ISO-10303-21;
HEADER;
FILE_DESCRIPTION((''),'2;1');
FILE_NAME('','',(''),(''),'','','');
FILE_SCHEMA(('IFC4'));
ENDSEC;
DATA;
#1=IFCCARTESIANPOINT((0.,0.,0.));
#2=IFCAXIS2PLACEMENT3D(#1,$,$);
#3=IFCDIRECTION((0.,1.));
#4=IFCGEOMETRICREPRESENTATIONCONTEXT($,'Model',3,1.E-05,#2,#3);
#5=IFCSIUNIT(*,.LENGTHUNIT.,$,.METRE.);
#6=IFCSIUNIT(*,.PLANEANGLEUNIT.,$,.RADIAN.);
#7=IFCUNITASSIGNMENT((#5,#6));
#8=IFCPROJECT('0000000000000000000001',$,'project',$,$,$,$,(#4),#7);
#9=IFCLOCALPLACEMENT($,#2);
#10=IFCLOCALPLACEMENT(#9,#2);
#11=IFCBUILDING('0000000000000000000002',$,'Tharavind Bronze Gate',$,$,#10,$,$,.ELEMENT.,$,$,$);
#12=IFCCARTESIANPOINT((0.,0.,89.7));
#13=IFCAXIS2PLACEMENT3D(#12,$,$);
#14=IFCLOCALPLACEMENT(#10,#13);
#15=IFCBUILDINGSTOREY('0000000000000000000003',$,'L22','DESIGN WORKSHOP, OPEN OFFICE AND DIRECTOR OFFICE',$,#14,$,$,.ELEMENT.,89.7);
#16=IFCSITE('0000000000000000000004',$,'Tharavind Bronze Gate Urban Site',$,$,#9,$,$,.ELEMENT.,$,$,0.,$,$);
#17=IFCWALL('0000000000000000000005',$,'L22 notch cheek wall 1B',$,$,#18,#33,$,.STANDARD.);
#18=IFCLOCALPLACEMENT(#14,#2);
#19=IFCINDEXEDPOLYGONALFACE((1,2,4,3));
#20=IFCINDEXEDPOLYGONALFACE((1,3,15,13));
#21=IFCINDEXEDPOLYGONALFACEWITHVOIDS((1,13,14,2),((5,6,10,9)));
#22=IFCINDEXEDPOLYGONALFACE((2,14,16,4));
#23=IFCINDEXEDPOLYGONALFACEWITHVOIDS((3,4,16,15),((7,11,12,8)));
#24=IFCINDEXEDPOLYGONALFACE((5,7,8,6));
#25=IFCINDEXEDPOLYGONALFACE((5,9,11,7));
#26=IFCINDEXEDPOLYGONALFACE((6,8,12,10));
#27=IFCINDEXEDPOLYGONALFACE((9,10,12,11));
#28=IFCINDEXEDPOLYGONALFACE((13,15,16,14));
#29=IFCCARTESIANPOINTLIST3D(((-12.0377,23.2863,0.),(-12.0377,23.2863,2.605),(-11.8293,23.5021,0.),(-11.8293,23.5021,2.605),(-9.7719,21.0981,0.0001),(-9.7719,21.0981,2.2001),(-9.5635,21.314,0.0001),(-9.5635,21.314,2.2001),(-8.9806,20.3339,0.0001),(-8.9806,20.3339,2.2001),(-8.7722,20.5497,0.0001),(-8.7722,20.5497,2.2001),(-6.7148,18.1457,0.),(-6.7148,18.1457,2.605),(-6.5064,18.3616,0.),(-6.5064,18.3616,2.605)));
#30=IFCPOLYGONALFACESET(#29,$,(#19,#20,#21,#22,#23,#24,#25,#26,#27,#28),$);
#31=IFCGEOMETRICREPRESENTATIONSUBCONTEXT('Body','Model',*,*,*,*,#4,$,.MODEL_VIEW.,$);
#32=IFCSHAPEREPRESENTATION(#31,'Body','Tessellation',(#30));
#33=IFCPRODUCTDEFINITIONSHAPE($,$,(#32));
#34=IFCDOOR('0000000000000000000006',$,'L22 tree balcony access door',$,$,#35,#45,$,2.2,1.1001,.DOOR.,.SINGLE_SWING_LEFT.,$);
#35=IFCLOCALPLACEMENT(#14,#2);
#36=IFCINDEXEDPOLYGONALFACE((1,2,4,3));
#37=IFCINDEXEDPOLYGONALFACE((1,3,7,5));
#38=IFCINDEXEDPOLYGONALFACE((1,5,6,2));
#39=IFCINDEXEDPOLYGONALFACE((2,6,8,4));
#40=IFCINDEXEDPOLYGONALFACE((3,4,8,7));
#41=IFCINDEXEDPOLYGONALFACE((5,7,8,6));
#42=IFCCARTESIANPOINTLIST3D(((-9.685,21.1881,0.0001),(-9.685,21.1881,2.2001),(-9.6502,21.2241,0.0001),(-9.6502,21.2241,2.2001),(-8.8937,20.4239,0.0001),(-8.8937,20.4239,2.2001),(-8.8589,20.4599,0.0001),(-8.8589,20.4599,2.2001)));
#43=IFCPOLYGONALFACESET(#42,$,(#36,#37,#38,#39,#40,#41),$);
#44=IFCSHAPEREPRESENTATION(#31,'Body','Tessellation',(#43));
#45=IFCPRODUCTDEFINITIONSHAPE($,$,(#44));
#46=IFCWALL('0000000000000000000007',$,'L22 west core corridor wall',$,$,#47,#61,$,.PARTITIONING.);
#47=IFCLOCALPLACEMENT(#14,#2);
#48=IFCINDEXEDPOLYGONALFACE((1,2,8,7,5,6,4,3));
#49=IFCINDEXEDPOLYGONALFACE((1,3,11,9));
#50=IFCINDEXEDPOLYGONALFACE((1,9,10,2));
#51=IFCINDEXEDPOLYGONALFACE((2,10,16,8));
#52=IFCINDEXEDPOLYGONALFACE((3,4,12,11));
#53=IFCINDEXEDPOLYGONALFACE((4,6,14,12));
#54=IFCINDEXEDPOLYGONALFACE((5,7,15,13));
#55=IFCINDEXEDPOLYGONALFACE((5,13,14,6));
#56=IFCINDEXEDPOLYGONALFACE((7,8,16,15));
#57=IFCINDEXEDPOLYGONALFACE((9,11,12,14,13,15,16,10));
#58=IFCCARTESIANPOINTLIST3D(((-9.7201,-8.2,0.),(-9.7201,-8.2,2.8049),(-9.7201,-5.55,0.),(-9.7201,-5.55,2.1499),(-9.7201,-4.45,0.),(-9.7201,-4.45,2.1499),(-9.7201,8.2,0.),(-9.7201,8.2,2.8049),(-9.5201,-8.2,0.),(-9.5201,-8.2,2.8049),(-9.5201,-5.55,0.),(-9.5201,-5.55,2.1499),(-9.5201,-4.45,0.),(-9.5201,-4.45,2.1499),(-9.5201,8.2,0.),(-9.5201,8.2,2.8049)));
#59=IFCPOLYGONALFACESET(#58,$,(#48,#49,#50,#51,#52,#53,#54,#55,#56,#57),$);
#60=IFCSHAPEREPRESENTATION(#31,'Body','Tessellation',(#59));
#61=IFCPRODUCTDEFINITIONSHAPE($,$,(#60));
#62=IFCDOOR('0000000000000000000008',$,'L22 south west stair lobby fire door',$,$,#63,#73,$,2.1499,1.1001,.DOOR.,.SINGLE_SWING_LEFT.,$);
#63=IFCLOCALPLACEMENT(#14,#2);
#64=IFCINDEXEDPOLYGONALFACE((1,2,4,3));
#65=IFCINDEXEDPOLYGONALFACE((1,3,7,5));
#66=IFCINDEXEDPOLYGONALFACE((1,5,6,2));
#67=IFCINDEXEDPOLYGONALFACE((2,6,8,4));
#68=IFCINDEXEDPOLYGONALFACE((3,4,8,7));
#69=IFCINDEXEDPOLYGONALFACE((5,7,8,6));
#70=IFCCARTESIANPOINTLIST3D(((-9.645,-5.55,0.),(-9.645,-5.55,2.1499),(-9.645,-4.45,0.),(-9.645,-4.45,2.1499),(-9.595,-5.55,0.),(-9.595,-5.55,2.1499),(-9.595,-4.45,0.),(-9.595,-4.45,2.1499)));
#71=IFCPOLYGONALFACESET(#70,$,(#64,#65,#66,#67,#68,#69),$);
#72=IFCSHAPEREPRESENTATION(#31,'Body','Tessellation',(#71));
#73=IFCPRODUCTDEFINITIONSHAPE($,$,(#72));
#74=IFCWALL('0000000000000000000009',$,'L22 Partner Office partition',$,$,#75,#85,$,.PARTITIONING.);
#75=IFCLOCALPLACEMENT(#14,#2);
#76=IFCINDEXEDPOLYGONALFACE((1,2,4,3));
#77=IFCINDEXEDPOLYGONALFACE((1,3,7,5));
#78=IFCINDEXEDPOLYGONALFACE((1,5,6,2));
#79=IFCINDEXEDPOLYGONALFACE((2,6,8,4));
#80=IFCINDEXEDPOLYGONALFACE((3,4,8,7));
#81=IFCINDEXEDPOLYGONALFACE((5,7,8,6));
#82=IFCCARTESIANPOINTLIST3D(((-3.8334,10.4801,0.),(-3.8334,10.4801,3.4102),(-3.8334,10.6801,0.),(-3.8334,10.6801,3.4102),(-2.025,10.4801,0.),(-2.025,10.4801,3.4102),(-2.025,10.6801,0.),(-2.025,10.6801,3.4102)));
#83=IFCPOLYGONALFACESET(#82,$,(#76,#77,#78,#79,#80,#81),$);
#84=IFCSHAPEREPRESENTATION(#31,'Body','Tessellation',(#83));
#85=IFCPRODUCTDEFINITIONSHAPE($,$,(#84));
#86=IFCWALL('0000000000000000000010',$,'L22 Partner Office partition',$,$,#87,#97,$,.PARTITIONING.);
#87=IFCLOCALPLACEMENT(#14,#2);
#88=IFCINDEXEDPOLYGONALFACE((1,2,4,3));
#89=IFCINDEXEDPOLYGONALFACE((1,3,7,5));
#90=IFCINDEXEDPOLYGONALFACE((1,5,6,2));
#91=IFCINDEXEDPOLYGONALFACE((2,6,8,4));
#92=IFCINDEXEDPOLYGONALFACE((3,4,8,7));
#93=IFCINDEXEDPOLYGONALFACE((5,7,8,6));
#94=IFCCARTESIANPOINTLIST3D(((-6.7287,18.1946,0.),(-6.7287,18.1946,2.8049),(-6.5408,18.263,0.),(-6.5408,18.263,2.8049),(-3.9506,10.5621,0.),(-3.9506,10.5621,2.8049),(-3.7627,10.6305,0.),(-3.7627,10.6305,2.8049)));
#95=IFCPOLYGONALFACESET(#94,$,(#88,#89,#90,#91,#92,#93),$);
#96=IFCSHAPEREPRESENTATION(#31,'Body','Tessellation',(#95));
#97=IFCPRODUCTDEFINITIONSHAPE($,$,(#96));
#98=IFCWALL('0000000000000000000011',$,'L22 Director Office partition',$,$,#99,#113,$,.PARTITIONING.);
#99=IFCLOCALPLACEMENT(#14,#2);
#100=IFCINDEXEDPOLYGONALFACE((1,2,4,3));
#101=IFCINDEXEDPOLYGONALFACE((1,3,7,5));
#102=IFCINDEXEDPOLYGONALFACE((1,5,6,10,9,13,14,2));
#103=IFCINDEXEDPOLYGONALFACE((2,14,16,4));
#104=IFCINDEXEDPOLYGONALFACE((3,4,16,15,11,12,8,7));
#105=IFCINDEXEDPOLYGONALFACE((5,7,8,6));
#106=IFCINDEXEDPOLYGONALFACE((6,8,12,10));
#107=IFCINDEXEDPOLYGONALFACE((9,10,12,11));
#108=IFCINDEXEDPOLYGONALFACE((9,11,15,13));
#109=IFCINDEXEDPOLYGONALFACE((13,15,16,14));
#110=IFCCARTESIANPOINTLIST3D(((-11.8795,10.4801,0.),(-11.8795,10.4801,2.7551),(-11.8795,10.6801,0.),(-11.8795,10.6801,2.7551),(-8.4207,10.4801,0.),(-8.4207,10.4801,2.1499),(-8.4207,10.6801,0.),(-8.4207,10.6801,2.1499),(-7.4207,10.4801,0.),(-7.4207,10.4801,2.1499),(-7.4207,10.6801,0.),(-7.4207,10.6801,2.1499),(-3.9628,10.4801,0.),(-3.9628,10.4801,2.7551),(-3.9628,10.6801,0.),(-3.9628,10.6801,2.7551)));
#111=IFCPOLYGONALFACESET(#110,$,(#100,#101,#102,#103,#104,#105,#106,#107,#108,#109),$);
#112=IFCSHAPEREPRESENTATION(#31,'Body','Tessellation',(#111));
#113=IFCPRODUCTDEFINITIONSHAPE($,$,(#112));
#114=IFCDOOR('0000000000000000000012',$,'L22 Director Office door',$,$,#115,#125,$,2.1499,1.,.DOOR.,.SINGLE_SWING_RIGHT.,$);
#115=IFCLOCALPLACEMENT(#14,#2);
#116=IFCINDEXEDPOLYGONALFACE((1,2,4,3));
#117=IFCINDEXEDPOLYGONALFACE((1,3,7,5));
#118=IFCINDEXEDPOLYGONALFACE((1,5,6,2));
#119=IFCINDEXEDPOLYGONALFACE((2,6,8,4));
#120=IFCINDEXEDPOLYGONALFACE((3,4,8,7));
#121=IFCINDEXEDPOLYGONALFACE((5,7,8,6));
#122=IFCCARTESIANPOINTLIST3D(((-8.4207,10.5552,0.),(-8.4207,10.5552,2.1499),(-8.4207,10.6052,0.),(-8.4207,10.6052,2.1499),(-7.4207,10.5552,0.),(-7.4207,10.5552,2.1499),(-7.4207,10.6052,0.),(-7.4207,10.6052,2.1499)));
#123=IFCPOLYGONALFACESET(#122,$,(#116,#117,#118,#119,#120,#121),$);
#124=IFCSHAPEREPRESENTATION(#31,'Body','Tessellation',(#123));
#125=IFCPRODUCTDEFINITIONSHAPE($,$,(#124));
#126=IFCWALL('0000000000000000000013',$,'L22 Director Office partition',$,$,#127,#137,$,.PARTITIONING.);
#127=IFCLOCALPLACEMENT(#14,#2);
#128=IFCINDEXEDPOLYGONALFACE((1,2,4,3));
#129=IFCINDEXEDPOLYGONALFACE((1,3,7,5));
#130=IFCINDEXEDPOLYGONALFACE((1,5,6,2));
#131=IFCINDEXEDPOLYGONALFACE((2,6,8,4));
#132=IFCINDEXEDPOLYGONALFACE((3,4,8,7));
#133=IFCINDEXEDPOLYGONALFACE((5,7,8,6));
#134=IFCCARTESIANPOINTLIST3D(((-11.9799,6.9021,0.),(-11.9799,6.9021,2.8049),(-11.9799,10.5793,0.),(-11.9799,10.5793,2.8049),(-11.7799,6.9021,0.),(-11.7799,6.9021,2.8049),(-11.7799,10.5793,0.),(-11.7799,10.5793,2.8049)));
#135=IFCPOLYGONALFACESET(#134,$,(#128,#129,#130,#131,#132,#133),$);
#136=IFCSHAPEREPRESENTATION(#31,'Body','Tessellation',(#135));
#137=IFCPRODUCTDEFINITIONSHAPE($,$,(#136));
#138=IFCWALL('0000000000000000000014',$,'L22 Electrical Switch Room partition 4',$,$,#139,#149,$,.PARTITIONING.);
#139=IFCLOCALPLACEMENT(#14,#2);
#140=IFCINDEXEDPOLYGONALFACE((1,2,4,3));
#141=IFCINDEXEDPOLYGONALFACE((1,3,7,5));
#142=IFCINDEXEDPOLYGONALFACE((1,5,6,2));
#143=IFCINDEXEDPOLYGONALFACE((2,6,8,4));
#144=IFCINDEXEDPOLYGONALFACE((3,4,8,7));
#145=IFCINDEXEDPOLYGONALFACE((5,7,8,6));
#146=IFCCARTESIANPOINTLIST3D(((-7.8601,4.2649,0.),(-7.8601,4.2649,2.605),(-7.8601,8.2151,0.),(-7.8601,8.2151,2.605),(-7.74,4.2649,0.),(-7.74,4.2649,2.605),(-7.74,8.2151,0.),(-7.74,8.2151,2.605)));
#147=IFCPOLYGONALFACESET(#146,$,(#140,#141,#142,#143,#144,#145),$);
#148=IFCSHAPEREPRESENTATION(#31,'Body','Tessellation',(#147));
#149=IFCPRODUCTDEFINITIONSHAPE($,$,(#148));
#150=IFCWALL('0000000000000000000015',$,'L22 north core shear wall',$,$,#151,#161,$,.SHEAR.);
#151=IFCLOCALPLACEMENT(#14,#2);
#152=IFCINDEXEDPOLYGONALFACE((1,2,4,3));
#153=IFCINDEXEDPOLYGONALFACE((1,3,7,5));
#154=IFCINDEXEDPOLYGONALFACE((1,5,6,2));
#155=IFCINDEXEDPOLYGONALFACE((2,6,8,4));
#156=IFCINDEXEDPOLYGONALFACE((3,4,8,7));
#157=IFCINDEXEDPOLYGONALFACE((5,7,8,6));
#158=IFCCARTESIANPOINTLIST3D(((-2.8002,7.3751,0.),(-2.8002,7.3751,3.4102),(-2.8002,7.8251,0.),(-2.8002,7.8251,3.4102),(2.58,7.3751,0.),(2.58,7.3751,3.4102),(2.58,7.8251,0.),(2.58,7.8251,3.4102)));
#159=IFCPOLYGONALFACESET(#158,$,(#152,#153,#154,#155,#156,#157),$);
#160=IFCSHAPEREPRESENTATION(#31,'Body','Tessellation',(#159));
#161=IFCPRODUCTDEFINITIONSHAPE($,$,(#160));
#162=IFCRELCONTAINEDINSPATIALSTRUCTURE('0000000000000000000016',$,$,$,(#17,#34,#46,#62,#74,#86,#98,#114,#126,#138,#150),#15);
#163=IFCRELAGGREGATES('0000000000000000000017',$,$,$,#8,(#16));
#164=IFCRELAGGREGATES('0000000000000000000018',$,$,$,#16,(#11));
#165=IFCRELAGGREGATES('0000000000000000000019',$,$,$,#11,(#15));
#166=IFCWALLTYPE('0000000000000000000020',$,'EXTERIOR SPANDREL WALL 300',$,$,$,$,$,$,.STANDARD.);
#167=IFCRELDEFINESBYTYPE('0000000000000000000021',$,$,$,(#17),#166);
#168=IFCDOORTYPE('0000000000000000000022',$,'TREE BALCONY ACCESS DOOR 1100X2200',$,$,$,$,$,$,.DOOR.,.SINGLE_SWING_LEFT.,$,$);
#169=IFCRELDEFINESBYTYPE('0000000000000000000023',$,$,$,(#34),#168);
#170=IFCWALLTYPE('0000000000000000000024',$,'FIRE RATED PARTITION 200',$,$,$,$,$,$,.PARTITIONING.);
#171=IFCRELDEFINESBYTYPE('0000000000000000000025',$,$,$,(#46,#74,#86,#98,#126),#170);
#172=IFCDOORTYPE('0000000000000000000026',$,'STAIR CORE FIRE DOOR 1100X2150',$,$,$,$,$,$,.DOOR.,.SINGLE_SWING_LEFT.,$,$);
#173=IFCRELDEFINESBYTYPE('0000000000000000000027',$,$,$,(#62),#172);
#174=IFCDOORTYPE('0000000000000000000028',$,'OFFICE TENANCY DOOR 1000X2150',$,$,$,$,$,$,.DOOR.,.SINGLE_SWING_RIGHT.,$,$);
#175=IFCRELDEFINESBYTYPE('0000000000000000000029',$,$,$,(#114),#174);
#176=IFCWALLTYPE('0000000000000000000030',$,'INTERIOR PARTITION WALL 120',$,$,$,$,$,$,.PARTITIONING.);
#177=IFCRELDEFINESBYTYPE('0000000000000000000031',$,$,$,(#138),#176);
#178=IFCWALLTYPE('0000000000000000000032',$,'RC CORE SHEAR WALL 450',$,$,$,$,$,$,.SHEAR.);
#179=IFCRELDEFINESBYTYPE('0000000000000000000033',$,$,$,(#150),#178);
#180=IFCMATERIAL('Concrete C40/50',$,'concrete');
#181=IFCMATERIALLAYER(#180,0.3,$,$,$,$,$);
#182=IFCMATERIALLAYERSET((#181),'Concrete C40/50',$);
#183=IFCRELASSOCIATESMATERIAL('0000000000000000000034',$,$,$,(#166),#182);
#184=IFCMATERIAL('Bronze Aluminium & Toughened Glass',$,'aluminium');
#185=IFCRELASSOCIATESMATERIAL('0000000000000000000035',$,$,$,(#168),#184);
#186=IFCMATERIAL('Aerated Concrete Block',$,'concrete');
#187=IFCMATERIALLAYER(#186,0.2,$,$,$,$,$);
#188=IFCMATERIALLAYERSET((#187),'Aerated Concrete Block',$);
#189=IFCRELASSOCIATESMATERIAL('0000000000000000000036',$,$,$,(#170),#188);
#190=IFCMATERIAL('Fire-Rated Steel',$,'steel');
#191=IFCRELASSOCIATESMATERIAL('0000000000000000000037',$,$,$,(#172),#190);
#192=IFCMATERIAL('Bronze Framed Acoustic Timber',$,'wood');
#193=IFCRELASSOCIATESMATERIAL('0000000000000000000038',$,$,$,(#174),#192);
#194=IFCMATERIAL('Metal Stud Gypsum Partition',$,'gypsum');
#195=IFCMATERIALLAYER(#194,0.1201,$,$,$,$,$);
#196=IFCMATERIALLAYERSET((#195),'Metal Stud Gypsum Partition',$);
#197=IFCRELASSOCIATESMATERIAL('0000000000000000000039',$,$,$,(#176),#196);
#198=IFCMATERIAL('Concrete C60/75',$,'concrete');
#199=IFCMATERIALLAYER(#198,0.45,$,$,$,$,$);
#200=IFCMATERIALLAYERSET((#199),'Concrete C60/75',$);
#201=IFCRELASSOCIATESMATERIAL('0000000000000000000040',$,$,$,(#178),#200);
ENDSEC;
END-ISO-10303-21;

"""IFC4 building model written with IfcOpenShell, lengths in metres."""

from ifc_helpers import new_model, si_unit, direction, frame, frame_2d, origin, place, context, subcontext, project, spatial, rectangle, extrude, material, layer, layer_set, type_object, element, fill, save


model = new_model("IFC4")

# Units and contexts
model_context = context("Model", 3, precision=1e-05, world=origin(), true_north=direction((0.0, 1.0)))
body_context = subcontext(model_context, "Body", "Model", "MODEL_VIEW")
ifc_project = project(units=[si_unit("LENGTHUNIT", "METRE"), si_unit("PLANEANGLEUNIT", "RADIAN")], contexts=[model_context])

# Site, building, storey
site_placement = place(None, origin())
site = spatial("IfcSite", under=ifc_project, at=site_placement, Name="Tharavind Bronze Gate Urban Site", CompositionType="ELEMENT", RefElevation=0.0)
building_placement = place(site_placement, origin())
building = spatial("IfcBuilding", under=site, at=building_placement, Name="Tharavind Bronze Gate", CompositionType="ELEMENT")
storey_placement = place(building_placement, frame((0.0, 0.0, 89.7)))
storey = spatial("IfcBuildingStorey", under=building, at=storey_placement, Name="L22", Description="DESIGN WORKSHOP, OPEN OFFICE AND DIRECTOR OFFICE", CompositionType="ELEMENT", Elevation=89.7)

# Walls, openings, doors
ifc_material_1 = material(Name="Concrete C40/50", Category="concrete")
ifc_layer_1 = layer(ifc_material_1, 0.3)
ifc_layer_set_1 = layer_set([ifc_layer_1], Name="Concrete C40/50")
wall_type_1 = type_object("IfcWallType", Name="EXTERIOR SPANDREL WALL 300", PredefinedType="STANDARD", material=ifc_layer_set_1)
wall_1_placement = place(storey_placement, frame((-6.6106, 18.2537, 0.0), z_axis=(0.0, 0.0, 1.0), x_axis=(-0.719322, 0.694677, 0.0)))
wall_1 = element("IfcWall", 1, at=wall_1_placement, inside=storey, type_object=wall_type_1, Name="L22 notch cheek wall 1B", PredefinedType="STANDARD", context=body_context, shape_type="SweptSolid", body=[
    extrude(rectangle(XDim=7.3999, YDim=0.3, at=frame_2d((3.7, 0.0))), origin(), (0.0, 0.0, 1.0), 2.605),
])
opening_1_placement = place(wall_1_placement, frame((3.1499, 0.0, 0.0)))
opening_1 = element("IfcOpeningElement", 2, at=opening_1_placement, cuts=wall_1, PredefinedType="OPENING", context=body_context, shape_type="SweptSolid", body=[
    extrude(rectangle(XDim=1.1001, YDim=2.2, at=frame_2d((0.55, 1.1001))), frame((0.0, 0.1599, 0.0), z_axis=(0.0, -1.0, 0.0), x_axis=(1.0, 0.0, 0.0)), (0.0, 0.0, 1.0), 0.32),
])
ifc_material_2 = material(Name="Bronze Aluminium & Toughened Glass", Category="aluminium")
door_type_1 = type_object("IfcDoorType", Name="TREE BALCONY ACCESS DOOR 1100X2200", OperationType="SINGLE_SWING_LEFT", PredefinedType="DOOR", material=ifc_material_2)
door_1_placement = place(opening_1_placement, origin())
door_1 = element("IfcDoor", 3, at=door_1_placement, inside=storey, type_object=door_type_1, Name="L22 tree balcony access door", OperationType="SINGLE_SWING_LEFT", OverallHeight=2.2, OverallWidth=1.1001, PredefinedType="DOOR", context=body_context, shape_type="SweptSolid", body=[
    extrude(rectangle(XDim=1.1001, YDim=2.2, at=frame_2d((0.55, 1.1001))), frame((0.0, 0.0249, 0.0), z_axis=(0.0, -1.0, 0.0), x_axis=(1.0, 0.0, 0.0)), (0.0, 0.0, 1.0), 0.05),
])
fill(opening_1, door_1)
ifc_material_3 = material(Name="Aerated Concrete Block", Category="concrete")
ifc_layer_2 = layer(ifc_material_3, 0.2)
ifc_layer_set_2 = layer_set([ifc_layer_2], Name="Aerated Concrete Block")
wall_type_2 = type_object("IfcWallType", Name="FIRE RATED PARTITION 200", PredefinedType="PARTITIONING", material=ifc_layer_set_2)
wall_2_placement = place(storey_placement, frame((-9.6201, 8.2, 0.0), z_axis=(0.0, 0.0, 1.0), x_axis=(0.0, -1.0, 0.0)))
wall_2 = element("IfcWall", 4, at=wall_2_placement, inside=storey, type_object=wall_type_2, Name="L22 west core corridor wall", PredefinedType="PARTITIONING", context=body_context, shape_type="SweptSolid", body=[
    extrude(rectangle(XDim=16.3999, YDim=0.2, at=frame_2d((8.2, 0.0))), origin(), (0.0, 0.0, 1.0), 2.8049),
])
opening_2_placement = place(wall_2_placement, frame((12.6499, 0.0, 0.0)))
opening_2 = element("IfcOpeningElement", 5, at=opening_2_placement, cuts=wall_2, PredefinedType="OPENING", context=body_context, shape_type="SweptSolid", body=[
    extrude(rectangle(XDim=1.1001, YDim=2.1499, at=frame_2d((0.55, 1.075))), frame((0.0, 0.1101, 0.0), z_axis=(0.0, -1.0, 0.0), x_axis=(1.0, 0.0, 0.0)), (0.0, 0.0, 1.0), 0.22),
])
ifc_material_4 = material(Name="Fire-Rated Steel", Category="steel")
door_type_2 = type_object("IfcDoorType", Name="STAIR CORE FIRE DOOR 1100X2150", OperationType="SINGLE_SWING_LEFT", PredefinedType="DOOR", material=ifc_material_4)
door_2_placement = place(opening_2_placement, frame((1.1001, 0.0, 0.0), z_axis=(0.0, 0.0, 1.0), x_axis=(-1.0, 0.0, 0.0)))
door_2 = element("IfcDoor", 6, at=door_2_placement, inside=storey, type_object=door_type_2, Name="L22 south west stair lobby fire door", OperationType="SINGLE_SWING_LEFT", OverallHeight=2.1499, OverallWidth=1.1001, PredefinedType="DOOR", context=body_context, shape_type="SweptSolid", body=[
    extrude(rectangle(XDim=1.1001, YDim=2.1499, at=frame_2d((0.55, 1.075))), frame((0.0, 0.0249, 0.0), z_axis=(0.0, -1.0, 0.0), x_axis=(1.0, 0.0, 0.0)), (0.0, 0.0, 1.0), 0.05),
])
fill(opening_2, door_2)

# Walls
wall_3_placement = place(storey_placement, frame((-2.0249, 10.5801, 0.0), z_axis=(0.0, 0.0, 1.0), x_axis=(-1.0, 0.0, 0.0)))
element("IfcWall", 7, at=wall_3_placement, inside=storey, type_object=wall_type_2, Name="L22 Partner Office partition", PredefinedType="PARTITIONING", context=body_context, shape_type="SweptSolid", body=[
    extrude(rectangle(XDim=1.8083, YDim=0.2, at=frame_2d((0.9043, 0.0))), origin(), (0.0, 0.0, 1.0), 3.4102),
])
wall_4_placement = place(storey_placement, frame((-3.8567, 10.5964, 0.0), z_axis=(0.0, 0.0, 1.0), x_axis=(-0.342035, 0.939687, 0.0)))
element("IfcWall", 8, at=wall_4_placement, inside=storey, type_object=wall_type_2, Name="L22 Partner Office partition", PredefinedType="PARTITIONING", context=body_context, shape_type="SweptSolid", body=[
    extrude(rectangle(XDim=8.1223, YDim=0.2, at=frame_2d((4.061, 0.0))), origin(), (0.0, 0.0, 1.0), 2.8049),
])

# Wall, opening, door
wall_5_placement = place(storey_placement, frame((-3.9626, 10.5801, 0.0), z_axis=(0.0, 0.0, 1.0), x_axis=(-1.0, 0.0, 0.0)))
wall_5 = element("IfcWall", 9, at=wall_5_placement, inside=storey, type_object=wall_type_2, Name="L22 Director Office partition", PredefinedType="PARTITIONING", context=body_context, shape_type="SweptSolid", body=[
    extrude(rectangle(XDim=7.9167, YDim=0.2, at=frame_2d((3.9585, 0.0))), origin(), (0.0, 0.0, 1.0), 2.7551),
])
opening_3_placement = place(wall_5_placement, frame((3.458, 0.0, 0.0)))
opening_3 = element("IfcOpeningElement", 10, at=opening_3_placement, cuts=wall_5, PredefinedType="OPENING", context=body_context, shape_type="SweptSolid", body=[
    extrude(rectangle(XDim=1.0, YDim=2.1499, at=frame_2d((0.5, 1.075))), frame((0.0, 0.1101, 0.0), z_axis=(0.0, -1.0, 0.0), x_axis=(1.0, 0.0, 0.0)), (0.0, 0.0, 1.0), 0.22),
])
ifc_material_5 = material(Name="Bronze Framed Acoustic Timber", Category="wood")
door_type_3 = type_object("IfcDoorType", Name="OFFICE TENANCY DOOR 1000X2150", OperationType="SINGLE_SWING_RIGHT", PredefinedType="DOOR", material=ifc_material_5)
door_3_placement = place(opening_3_placement, origin())
door_3 = element("IfcDoor", 11, at=door_3_placement, inside=storey, type_object=door_type_3, Name="L22 Director Office door", OperationType="SINGLE_SWING_RIGHT", OverallHeight=2.1499, OverallWidth=1.0, PredefinedType="DOOR", context=body_context, shape_type="SweptSolid", body=[
    extrude(rectangle(XDim=1.0, YDim=2.1499, at=frame_2d((0.5, 1.075))), frame((0.0, 0.0249, 0.0), z_axis=(0.0, -1.0, 0.0), x_axis=(1.0, 0.0, 0.0)), (0.0, 0.0, 1.0), 0.05),
])
fill(opening_3, door_3)

# Walls
wall_6_placement = place(storey_placement, frame((-11.8799, 10.5793, 0.0), z_axis=(0.0, 0.0, 1.0), x_axis=(0.0, -1.0, 0.0)))
element("IfcWall", 12, at=wall_6_placement, inside=storey, type_object=wall_type_2, Name="L22 Director Office partition", PredefinedType="PARTITIONING", context=body_context, shape_type="SweptSolid", body=[
    extrude(rectangle(XDim=3.6772, YDim=0.2, at=frame_2d((1.8386, 0.0))), origin(), (0.0, 0.0, 1.0), 2.8049),
])
ifc_material_6 = material(Name="Metal Stud Gypsum Partition", Category="gypsum")
ifc_layer_3 = layer(ifc_material_6, 0.1201)
ifc_layer_set_3 = layer_set([ifc_layer_3], Name="Metal Stud Gypsum Partition")
wall_type_3 = type_object("IfcWallType", Name="INTERIOR PARTITION WALL 120", PredefinedType="PARTITIONING", material=ifc_layer_set_3)
wall_7_placement = place(storey_placement, frame((-7.8, 8.2151, 0.0), z_axis=(0.0, 0.0, 1.0), x_axis=(0.0, -1.0, 0.0)))
element("IfcWall", 13, at=wall_7_placement, inside=storey, type_object=wall_type_3, Name="L22 Electrical Switch Room partition 4", PredefinedType="PARTITIONING", context=body_context, shape_type="SweptSolid", body=[
    extrude(rectangle(XDim=3.9502, YDim=0.1201, at=frame_2d((1.9751, 0.0))), origin(), (0.0, 0.0, 1.0), 2.605),
])
ifc_material_7 = material(Name="Concrete C60/75", Category="concrete")
ifc_layer_4 = layer(ifc_material_7, 0.45)
ifc_layer_set_4 = layer_set([ifc_layer_4], Name="Concrete C60/75")
wall_type_4 = type_object("IfcWallType", Name="RC CORE SHEAR WALL 450", PredefinedType="SHEAR", material=ifc_layer_set_4)
wall_8_placement = place(storey_placement, frame((-2.8, 7.6001, 0.0), z_axis=(0.0, 0.0, 1.0), x_axis=(1.0, 0.0, 0.0)))
element("IfcWall", 14, at=wall_8_placement, inside=storey, type_object=wall_type_4, Name="L22 north core shear wall", PredefinedType="SHEAR", context=body_context, shape_type="SweptSolid", body=[
    extrude(rectangle(XDim=5.3801, YDim=0.45, at=frame_2d((2.6899, 0.0))), origin(), (0.0, 0.0, 1.0), 3.4102),
])

save(model, "model.ifc")
